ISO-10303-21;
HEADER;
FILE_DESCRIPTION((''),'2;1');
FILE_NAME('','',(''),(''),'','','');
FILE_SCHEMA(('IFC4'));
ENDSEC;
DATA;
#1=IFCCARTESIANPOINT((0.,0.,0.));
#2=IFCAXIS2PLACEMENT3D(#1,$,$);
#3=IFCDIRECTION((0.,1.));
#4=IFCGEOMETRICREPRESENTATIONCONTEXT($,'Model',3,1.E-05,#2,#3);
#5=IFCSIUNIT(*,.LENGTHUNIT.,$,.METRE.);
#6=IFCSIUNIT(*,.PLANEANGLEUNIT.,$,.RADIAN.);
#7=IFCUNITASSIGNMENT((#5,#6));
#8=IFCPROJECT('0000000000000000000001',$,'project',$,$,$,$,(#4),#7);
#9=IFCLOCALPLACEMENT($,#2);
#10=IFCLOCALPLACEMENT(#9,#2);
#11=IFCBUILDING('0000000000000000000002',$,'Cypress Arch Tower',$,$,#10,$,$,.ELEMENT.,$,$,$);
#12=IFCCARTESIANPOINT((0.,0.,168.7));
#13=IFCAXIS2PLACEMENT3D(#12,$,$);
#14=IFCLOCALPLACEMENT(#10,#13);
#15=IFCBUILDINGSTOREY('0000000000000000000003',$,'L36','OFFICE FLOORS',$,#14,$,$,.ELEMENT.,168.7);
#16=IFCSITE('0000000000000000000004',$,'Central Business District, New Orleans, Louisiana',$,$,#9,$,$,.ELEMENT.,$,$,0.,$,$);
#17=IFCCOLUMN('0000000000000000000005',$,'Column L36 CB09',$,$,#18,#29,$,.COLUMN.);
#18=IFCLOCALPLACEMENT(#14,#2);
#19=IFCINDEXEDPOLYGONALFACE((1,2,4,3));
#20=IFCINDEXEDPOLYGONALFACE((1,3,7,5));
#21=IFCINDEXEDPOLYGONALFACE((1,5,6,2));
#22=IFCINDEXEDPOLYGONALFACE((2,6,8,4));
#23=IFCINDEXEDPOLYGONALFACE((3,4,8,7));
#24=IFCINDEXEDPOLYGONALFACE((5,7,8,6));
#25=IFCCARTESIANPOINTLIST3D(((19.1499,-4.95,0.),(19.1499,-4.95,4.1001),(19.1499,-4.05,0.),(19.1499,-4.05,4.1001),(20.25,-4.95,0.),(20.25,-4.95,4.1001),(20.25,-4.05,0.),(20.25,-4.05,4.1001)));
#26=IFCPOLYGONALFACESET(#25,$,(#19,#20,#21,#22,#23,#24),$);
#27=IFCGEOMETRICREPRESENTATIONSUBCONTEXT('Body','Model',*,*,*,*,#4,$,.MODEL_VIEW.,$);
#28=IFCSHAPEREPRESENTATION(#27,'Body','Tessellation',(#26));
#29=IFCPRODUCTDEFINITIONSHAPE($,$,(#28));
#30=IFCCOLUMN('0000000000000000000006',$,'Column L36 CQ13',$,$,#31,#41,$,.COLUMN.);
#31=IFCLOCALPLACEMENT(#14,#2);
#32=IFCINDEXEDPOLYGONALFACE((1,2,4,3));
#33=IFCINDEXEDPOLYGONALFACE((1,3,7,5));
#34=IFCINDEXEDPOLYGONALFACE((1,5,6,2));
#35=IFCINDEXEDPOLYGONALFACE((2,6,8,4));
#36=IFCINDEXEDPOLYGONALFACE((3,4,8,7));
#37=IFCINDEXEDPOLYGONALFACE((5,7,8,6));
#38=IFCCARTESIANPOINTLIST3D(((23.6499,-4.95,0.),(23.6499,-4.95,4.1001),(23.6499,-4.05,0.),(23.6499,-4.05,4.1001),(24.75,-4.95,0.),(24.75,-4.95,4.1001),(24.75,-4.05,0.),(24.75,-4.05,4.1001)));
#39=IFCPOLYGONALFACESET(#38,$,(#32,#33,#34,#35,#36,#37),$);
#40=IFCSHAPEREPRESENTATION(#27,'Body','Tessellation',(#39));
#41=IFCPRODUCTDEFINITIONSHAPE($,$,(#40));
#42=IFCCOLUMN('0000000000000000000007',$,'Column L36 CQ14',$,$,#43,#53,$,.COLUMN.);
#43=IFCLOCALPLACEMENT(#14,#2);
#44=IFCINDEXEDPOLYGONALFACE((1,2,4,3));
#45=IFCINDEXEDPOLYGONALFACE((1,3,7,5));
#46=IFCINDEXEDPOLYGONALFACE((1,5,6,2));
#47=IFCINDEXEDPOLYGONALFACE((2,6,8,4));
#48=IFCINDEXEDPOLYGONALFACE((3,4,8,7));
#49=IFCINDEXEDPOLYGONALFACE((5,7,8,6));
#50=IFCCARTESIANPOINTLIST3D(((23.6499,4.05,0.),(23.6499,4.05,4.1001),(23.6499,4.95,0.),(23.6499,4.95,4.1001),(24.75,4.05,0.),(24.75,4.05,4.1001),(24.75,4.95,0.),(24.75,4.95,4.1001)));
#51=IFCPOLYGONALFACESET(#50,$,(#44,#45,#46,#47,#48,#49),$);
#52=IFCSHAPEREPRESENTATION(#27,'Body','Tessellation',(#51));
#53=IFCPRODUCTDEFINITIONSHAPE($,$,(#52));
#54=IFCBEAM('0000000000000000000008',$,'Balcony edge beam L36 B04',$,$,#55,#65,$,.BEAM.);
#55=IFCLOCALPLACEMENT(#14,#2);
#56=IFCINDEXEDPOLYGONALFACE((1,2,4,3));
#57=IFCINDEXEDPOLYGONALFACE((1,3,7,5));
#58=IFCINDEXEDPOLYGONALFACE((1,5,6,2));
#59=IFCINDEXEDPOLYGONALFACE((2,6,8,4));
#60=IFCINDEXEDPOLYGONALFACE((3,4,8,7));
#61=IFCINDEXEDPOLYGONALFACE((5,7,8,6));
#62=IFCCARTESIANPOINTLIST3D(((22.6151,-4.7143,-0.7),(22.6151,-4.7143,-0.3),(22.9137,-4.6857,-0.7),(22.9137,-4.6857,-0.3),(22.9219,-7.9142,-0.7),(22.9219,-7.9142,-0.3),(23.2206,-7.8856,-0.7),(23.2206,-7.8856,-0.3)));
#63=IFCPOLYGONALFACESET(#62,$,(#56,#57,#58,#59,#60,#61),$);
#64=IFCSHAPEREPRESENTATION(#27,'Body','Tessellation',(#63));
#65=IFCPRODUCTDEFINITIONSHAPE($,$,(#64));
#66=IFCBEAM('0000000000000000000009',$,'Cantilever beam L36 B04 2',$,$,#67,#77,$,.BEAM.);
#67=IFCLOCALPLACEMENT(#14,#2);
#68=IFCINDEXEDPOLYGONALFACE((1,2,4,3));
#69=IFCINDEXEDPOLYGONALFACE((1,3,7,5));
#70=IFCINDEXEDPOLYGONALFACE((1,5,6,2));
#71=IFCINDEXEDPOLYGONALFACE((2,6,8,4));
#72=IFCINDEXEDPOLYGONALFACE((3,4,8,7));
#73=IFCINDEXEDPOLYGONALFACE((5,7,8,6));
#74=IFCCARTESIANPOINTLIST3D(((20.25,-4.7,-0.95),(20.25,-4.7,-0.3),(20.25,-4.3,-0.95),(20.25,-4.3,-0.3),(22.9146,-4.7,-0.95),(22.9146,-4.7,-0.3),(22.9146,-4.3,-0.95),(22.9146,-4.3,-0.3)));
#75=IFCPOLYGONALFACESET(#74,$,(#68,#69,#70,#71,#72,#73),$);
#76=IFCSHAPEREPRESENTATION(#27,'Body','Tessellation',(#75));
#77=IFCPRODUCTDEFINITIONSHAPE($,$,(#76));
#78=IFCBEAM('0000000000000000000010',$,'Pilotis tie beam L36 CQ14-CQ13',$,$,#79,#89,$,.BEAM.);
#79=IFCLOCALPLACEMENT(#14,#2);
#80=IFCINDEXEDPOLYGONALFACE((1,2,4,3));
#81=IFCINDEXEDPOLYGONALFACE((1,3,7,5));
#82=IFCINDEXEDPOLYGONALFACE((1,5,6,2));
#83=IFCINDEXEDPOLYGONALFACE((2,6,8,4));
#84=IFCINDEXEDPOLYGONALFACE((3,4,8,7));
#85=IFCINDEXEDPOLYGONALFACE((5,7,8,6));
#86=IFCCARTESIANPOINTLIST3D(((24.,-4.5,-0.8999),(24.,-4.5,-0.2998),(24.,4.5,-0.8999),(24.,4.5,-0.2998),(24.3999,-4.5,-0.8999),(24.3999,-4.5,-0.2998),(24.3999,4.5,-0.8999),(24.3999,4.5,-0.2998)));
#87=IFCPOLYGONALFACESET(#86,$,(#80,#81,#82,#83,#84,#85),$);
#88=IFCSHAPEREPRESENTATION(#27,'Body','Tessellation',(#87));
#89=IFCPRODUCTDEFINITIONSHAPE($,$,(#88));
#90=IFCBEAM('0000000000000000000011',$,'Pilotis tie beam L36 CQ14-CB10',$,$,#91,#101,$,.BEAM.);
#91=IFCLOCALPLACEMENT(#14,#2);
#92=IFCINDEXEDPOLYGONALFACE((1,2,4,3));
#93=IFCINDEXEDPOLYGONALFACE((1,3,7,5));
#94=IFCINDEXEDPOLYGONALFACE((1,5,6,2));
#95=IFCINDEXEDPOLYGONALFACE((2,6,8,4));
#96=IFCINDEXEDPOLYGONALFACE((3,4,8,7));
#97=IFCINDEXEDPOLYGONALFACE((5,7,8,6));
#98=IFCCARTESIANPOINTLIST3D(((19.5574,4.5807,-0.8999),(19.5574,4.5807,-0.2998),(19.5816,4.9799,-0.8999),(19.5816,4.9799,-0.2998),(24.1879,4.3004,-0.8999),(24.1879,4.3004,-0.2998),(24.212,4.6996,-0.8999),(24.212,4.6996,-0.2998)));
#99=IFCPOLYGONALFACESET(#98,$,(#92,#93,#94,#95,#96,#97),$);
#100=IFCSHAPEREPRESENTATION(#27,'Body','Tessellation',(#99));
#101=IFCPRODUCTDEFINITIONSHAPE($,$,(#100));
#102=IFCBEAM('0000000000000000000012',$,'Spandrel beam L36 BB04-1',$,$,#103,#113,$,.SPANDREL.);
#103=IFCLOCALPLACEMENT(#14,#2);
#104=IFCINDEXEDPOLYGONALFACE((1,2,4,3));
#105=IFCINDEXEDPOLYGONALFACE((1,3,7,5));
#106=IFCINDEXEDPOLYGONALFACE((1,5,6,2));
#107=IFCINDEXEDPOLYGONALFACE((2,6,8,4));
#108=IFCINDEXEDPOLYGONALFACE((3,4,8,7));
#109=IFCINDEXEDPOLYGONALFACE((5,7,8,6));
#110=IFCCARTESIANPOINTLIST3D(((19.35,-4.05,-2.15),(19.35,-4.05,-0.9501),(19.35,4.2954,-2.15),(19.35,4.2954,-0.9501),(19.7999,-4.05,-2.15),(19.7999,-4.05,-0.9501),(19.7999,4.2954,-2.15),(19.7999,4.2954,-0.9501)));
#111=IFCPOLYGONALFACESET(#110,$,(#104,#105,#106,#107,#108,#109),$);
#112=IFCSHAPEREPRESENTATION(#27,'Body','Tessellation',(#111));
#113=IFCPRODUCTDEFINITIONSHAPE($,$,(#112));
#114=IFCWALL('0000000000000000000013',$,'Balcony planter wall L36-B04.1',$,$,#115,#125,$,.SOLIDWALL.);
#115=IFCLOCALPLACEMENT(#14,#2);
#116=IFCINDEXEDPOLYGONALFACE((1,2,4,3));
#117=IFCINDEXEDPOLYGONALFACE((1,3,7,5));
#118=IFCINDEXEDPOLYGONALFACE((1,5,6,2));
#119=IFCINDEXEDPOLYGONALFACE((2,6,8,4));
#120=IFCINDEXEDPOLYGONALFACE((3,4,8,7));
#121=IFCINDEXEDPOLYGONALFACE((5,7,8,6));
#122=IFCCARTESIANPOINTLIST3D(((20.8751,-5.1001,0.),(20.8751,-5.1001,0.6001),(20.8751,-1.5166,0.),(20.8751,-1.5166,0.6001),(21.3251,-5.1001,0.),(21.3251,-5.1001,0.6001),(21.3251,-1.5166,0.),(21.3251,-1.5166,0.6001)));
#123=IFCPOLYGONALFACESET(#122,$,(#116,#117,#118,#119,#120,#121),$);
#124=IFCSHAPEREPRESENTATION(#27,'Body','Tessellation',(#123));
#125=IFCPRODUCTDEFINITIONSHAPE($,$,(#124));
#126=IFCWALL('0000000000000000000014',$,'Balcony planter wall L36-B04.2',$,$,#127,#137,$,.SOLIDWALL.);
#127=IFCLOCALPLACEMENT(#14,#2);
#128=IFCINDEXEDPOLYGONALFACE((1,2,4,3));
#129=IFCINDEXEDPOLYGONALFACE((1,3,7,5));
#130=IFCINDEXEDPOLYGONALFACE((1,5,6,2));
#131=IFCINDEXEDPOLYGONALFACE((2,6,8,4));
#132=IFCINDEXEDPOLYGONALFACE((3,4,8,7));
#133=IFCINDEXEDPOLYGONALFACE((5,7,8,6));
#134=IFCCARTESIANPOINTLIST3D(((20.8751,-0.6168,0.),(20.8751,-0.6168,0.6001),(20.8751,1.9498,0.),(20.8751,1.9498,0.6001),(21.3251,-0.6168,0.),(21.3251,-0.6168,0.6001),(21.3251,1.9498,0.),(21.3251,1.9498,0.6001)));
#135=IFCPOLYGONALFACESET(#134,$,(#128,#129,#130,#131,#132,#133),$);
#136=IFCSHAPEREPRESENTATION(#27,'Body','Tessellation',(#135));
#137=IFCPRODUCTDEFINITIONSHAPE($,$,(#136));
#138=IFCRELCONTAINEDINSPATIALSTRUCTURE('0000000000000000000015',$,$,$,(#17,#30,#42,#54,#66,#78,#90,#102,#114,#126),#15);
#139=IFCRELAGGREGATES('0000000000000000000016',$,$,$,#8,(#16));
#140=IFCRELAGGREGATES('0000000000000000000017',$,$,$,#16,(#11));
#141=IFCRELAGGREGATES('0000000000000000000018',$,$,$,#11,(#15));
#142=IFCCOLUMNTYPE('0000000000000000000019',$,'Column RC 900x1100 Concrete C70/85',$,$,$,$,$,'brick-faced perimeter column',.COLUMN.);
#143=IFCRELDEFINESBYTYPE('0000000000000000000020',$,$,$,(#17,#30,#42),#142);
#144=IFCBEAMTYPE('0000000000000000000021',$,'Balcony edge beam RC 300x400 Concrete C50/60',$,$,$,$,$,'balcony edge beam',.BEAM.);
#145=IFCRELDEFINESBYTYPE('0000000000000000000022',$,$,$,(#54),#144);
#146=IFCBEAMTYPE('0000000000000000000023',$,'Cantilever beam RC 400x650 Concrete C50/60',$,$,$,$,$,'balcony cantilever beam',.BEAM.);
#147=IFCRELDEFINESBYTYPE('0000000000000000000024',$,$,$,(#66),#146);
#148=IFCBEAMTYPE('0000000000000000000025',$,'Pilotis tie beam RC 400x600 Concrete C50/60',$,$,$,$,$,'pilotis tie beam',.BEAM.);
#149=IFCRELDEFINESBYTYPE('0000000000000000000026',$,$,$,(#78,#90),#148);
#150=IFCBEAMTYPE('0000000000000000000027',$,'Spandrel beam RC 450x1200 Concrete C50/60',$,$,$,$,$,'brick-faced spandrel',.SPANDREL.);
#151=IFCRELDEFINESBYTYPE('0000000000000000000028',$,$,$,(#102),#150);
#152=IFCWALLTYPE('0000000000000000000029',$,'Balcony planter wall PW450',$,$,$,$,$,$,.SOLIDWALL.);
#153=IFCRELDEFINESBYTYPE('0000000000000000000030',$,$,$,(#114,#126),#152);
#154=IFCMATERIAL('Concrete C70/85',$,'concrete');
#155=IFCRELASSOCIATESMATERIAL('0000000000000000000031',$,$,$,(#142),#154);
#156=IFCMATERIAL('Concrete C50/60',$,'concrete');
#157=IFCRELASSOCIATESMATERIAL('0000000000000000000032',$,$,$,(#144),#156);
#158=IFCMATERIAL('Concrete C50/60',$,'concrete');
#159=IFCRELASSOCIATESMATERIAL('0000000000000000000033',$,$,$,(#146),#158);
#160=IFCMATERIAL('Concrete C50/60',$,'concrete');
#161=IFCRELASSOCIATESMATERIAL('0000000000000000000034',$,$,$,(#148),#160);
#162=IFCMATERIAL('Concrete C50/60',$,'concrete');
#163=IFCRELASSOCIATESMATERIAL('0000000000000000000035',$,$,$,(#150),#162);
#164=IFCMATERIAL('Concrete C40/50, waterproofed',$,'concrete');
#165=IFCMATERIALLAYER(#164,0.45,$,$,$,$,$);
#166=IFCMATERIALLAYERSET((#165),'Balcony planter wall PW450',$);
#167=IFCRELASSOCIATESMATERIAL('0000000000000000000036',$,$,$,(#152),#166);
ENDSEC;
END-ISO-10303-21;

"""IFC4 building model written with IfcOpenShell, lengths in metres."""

from ifc_helpers import new_model, si_unit, direction, frame, frame_2d, origin, origin_2d, place, context, subcontext, project, spatial, rectangle, extrude, material, layer, layer_set, material_profile, profile_set, type_object, element, save


model = new_model("IFC4")

# Units and contexts
model_context = context("Model", 3, precision=1e-05, world=origin(), true_north=direction((0.0, 1.0)))
body_context = subcontext(model_context, "Body", "Model", "MODEL_VIEW")
ifc_project = project(units=[si_unit("LENGTHUNIT", "METRE"), si_unit("PLANEANGLEUNIT", "RADIAN")], contexts=[model_context])

# Site, building, storey
site_placement = place(None, origin())
site = spatial("IfcSite", under=ifc_project, at=site_placement, Name="Central Business District, New Orleans, Louisiana", CompositionType="ELEMENT", RefElevation=0.0)
building_placement = place(site_placement, origin())
building = spatial("IfcBuilding", under=site, at=building_placement, Name="Cypress Arch Tower", CompositionType="ELEMENT")
storey_placement = place(building_placement, frame((0.0, 0.0, 168.7)))
storey = spatial("IfcBuildingStorey", under=building, at=storey_placement, Name="L36", Description="OFFICE FLOORS", CompositionType="ELEMENT", Elevation=168.7)

# Columns
ifc_material_1 = material(Name="Concrete C70/85", Category="concrete")
ifc_material_profile_1 = material_profile(ifc_material_1, rectangle(XDim=0.8999, YDim=1.1001, at=origin_2d()), Name="RC 900x1100")
ifc_profile_set_1 = profile_set([ifc_material_profile_1], Name="Concrete C70/85")
column_type = type_object("IfcColumnType", Name="Column RC 900x1100 Concrete C70/85", ElementType="brick-faced perimeter column", PredefinedType="COLUMN", material=ifc_profile_set_1)
for number, where, z_axis, x_axis, name in (
    (1, (19.7, -4.5, 0.0), (0.0, 0.0, 1.0), (0.0, 1.0, 0.0), "Column L36 CB09"),
    (2, (24.2, -4.5, 0.0), (0.0, 0.0, 1.0), (0.0, 1.0, 0.0), "Column L36 CQ13"),
    (3, (24.2, 4.5, 0.0), (0.0, 0.0, 1.0), (0.0, 1.0, 0.0), "Column L36 CQ14"),
):
    element("IfcColumn", number, at=place(storey_placement, frame(where, z_axis=z_axis, x_axis=x_axis)), inside=storey, type_object=column_type, Name=name, PredefinedType="COLUMN", context=body_context, shape_type="SweptSolid", body=[
        extrude(rectangle(XDim=0.8999, YDim=1.1001, at=origin_2d()), origin(), (0.0, 0.0, 1.0), 4.1001),
    ])

# Beams
ifc_material_2 = material(Name="Concrete C50/60", Category="concrete")
ifc_material_profile_2 = material_profile(ifc_material_2, rectangle(XDim=0.3, YDim=0.3999, at=origin_2d()), Name="RC 300x400")
ifc_profile_set_2 = profile_set([ifc_material_profile_2], Name="Concrete C50/60")
beam_type_1 = type_object("IfcBeamType", Name="Balcony edge beam RC 300x400 Concrete C50/60", ElementType="balcony edge beam", PredefinedType="BEAM", material=ifc_profile_set_2)
beam_1_placement = place(storey_placement, frame((23.0713, -7.8999, -0.5), z_axis=(-0.095465, 0.995433, 0.0), x_axis=(-0.995433, -0.095465, 0.0)))
element("IfcBeam", 4, at=beam_1_placement, inside=storey, type_object=beam_type_1, Name="Balcony edge beam L36 B04", PredefinedType="BEAM", context=body_context, shape_type="SweptSolid", body=[
    extrude(rectangle(XDim=0.3, YDim=0.3999, at=origin_2d()), origin(), (0.0, 0.0, 1.0), 3.2146),
])
ifc_material_3 = material(Name="Concrete C50/60", Category="concrete")
ifc_material_profile_3 = material_profile(ifc_material_3, rectangle(XDim=0.3999, YDim=0.6499, at=origin_2d()), Name="RC 400x650")
ifc_profile_set_3 = profile_set([ifc_material_profile_3], Name="Concrete C50/60")
beam_type_2 = type_object("IfcBeamType", Name="Cantilever beam RC 400x650 Concrete C50/60", ElementType="balcony cantilever beam", PredefinedType="BEAM", material=ifc_profile_set_3)
beam_2_placement = place(storey_placement, frame((20.25, -4.5, -0.625), z_axis=(1.0, 0.0, 0.0), x_axis=(0.0, 1.0, 0.0)))
element("IfcBeam", 5, at=beam_2_placement, inside=storey, type_object=beam_type_2, Name="Cantilever beam L36 B04 2", PredefinedType="BEAM", context=body_context, shape_type="SweptSolid", body=[
    extrude(rectangle(XDim=0.3999, YDim=0.6499, at=origin_2d()), origin(), (0.0, 0.0, 1.0), 2.6646),
])
ifc_material_4 = material(Name="Concrete C50/60", Category="concrete")
ifc_material_profile_4 = material_profile(ifc_material_4, rectangle(XDim=0.3999, YDim=0.6001, at=origin_2d()), Name="RC 400x600")
ifc_profile_set_4 = profile_set([ifc_material_profile_4], Name="Concrete C50/60")
beam_type_3 = type_object("IfcBeamType", Name="Pilotis tie beam RC 400x600 Concrete C50/60", ElementType="pilotis tie beam", PredefinedType="BEAM", material=ifc_profile_set_4)
beam_3_placement = place(storey_placement, frame((24.2, 4.5, -0.5999), z_axis=(0.0, -1.0, 0.0), x_axis=(1.0, 0.0, 0.0)))
element("IfcBeam", 6, at=beam_3_placement, inside=storey, type_object=beam_type_3, Name="Pilotis tie beam L36 CQ14-CQ13", PredefinedType="BEAM", context=body_context, shape_type="SweptSolid", body=[
    extrude(rectangle(XDim=0.3999, YDim=0.6001, at=origin_2d()), origin(), (0.0, 0.0, 1.0), 9.0),
])
beam_4_placement = place(storey_placement, frame((24.2, 4.5, -0.5999), z_axis=(-0.998173, 0.060419, 0.0), x_axis=(-0.060419, -0.998173, 0.0)))
element("IfcBeam", 7, at=beam_4_placement, inside=storey, type_object=beam_type_3, Name="Pilotis tie beam L36 CQ14-CB10", PredefinedType="BEAM", context=body_context, shape_type="SweptSolid", body=[
    extrude(rectangle(XDim=0.3999, YDim=0.6001, at=origin_2d()), origin(), (0.0, 0.0, 1.0), 4.6389),
])
ifc_material_5 = material(Name="Concrete C50/60", Category="concrete")
ifc_material_profile_5 = material_profile(ifc_material_5, rectangle(XDim=0.45, YDim=1.2, at=origin_2d()), Name="RC 450x1200")
ifc_profile_set_5 = profile_set([ifc_material_profile_5], Name="Concrete C50/60")
beam_type_4 = type_object("IfcBeamType", Name="Spandrel beam RC 450x1200 Concrete C50/60", ElementType="brick-faced spandrel", PredefinedType="SPANDREL", material=ifc_profile_set_5)
beam_5_placement = place(storey_placement, frame((19.575, -4.05, -1.55), z_axis=(0.0, 1.0, 0.0), x_axis=(-1.0, 0.0, 0.0)))
element("IfcBeam", 8, at=beam_5_placement, inside=storey, type_object=beam_type_4, Name="Spandrel beam L36 BB04-1", PredefinedType="SPANDREL", context=body_context, shape_type="SweptSolid", body=[
    extrude(rectangle(XDim=0.45, YDim=1.2, at=origin_2d()), origin(), (0.0, 0.0, 1.0), 8.3455),
])

# Walls
ifc_material_6 = material(Name="Concrete C40/50, waterproofed", Category="concrete")
ifc_layer_1 = layer(ifc_material_6, 0.45)
ifc_layer_set_1 = layer_set([ifc_layer_1], Name="Balcony planter wall PW450")
wall_type_1 = type_object("IfcWallType", Name="Balcony planter wall PW450", PredefinedType="SOLIDWALL", material=ifc_layer_set_1)
wall_1_placement = place(storey_placement, frame((21.1001, -5.1001, 0.0), z_axis=(0.0, 0.0, 1.0), x_axis=(0.0, 1.0, 0.0)))
element("IfcWall", 9, at=wall_1_placement, inside=storey, type_object=wall_type_1, Name="Balcony planter wall L36-B04.1", PredefinedType="SOLIDWALL", context=body_context, shape_type="SweptSolid", body=[
    extrude(rectangle(XDim=3.5835, YDim=0.45, at=frame_2d((1.7917, 0.0))), origin(), (0.0, 0.0, 1.0), 0.6001),
])
wall_2_placement = place(storey_placement, frame((21.1001, -0.6167, 0.0), z_axis=(0.0, 0.0, 1.0), x_axis=(0.0, 1.0, 0.0)))
element("IfcWall", 10, at=wall_2_placement, inside=storey, type_object=wall_type_1, Name="Balcony planter wall L36-B04.2", PredefinedType="SOLIDWALL", context=body_context, shape_type="SweptSolid", body=[
    extrude(rectangle(XDim=2.5667, YDim=0.45, at=frame_2d((1.2832, 0.0))), origin(), (0.0, 0.0, 1.0), 0.6001),
])

save(model, "model.ifc")
